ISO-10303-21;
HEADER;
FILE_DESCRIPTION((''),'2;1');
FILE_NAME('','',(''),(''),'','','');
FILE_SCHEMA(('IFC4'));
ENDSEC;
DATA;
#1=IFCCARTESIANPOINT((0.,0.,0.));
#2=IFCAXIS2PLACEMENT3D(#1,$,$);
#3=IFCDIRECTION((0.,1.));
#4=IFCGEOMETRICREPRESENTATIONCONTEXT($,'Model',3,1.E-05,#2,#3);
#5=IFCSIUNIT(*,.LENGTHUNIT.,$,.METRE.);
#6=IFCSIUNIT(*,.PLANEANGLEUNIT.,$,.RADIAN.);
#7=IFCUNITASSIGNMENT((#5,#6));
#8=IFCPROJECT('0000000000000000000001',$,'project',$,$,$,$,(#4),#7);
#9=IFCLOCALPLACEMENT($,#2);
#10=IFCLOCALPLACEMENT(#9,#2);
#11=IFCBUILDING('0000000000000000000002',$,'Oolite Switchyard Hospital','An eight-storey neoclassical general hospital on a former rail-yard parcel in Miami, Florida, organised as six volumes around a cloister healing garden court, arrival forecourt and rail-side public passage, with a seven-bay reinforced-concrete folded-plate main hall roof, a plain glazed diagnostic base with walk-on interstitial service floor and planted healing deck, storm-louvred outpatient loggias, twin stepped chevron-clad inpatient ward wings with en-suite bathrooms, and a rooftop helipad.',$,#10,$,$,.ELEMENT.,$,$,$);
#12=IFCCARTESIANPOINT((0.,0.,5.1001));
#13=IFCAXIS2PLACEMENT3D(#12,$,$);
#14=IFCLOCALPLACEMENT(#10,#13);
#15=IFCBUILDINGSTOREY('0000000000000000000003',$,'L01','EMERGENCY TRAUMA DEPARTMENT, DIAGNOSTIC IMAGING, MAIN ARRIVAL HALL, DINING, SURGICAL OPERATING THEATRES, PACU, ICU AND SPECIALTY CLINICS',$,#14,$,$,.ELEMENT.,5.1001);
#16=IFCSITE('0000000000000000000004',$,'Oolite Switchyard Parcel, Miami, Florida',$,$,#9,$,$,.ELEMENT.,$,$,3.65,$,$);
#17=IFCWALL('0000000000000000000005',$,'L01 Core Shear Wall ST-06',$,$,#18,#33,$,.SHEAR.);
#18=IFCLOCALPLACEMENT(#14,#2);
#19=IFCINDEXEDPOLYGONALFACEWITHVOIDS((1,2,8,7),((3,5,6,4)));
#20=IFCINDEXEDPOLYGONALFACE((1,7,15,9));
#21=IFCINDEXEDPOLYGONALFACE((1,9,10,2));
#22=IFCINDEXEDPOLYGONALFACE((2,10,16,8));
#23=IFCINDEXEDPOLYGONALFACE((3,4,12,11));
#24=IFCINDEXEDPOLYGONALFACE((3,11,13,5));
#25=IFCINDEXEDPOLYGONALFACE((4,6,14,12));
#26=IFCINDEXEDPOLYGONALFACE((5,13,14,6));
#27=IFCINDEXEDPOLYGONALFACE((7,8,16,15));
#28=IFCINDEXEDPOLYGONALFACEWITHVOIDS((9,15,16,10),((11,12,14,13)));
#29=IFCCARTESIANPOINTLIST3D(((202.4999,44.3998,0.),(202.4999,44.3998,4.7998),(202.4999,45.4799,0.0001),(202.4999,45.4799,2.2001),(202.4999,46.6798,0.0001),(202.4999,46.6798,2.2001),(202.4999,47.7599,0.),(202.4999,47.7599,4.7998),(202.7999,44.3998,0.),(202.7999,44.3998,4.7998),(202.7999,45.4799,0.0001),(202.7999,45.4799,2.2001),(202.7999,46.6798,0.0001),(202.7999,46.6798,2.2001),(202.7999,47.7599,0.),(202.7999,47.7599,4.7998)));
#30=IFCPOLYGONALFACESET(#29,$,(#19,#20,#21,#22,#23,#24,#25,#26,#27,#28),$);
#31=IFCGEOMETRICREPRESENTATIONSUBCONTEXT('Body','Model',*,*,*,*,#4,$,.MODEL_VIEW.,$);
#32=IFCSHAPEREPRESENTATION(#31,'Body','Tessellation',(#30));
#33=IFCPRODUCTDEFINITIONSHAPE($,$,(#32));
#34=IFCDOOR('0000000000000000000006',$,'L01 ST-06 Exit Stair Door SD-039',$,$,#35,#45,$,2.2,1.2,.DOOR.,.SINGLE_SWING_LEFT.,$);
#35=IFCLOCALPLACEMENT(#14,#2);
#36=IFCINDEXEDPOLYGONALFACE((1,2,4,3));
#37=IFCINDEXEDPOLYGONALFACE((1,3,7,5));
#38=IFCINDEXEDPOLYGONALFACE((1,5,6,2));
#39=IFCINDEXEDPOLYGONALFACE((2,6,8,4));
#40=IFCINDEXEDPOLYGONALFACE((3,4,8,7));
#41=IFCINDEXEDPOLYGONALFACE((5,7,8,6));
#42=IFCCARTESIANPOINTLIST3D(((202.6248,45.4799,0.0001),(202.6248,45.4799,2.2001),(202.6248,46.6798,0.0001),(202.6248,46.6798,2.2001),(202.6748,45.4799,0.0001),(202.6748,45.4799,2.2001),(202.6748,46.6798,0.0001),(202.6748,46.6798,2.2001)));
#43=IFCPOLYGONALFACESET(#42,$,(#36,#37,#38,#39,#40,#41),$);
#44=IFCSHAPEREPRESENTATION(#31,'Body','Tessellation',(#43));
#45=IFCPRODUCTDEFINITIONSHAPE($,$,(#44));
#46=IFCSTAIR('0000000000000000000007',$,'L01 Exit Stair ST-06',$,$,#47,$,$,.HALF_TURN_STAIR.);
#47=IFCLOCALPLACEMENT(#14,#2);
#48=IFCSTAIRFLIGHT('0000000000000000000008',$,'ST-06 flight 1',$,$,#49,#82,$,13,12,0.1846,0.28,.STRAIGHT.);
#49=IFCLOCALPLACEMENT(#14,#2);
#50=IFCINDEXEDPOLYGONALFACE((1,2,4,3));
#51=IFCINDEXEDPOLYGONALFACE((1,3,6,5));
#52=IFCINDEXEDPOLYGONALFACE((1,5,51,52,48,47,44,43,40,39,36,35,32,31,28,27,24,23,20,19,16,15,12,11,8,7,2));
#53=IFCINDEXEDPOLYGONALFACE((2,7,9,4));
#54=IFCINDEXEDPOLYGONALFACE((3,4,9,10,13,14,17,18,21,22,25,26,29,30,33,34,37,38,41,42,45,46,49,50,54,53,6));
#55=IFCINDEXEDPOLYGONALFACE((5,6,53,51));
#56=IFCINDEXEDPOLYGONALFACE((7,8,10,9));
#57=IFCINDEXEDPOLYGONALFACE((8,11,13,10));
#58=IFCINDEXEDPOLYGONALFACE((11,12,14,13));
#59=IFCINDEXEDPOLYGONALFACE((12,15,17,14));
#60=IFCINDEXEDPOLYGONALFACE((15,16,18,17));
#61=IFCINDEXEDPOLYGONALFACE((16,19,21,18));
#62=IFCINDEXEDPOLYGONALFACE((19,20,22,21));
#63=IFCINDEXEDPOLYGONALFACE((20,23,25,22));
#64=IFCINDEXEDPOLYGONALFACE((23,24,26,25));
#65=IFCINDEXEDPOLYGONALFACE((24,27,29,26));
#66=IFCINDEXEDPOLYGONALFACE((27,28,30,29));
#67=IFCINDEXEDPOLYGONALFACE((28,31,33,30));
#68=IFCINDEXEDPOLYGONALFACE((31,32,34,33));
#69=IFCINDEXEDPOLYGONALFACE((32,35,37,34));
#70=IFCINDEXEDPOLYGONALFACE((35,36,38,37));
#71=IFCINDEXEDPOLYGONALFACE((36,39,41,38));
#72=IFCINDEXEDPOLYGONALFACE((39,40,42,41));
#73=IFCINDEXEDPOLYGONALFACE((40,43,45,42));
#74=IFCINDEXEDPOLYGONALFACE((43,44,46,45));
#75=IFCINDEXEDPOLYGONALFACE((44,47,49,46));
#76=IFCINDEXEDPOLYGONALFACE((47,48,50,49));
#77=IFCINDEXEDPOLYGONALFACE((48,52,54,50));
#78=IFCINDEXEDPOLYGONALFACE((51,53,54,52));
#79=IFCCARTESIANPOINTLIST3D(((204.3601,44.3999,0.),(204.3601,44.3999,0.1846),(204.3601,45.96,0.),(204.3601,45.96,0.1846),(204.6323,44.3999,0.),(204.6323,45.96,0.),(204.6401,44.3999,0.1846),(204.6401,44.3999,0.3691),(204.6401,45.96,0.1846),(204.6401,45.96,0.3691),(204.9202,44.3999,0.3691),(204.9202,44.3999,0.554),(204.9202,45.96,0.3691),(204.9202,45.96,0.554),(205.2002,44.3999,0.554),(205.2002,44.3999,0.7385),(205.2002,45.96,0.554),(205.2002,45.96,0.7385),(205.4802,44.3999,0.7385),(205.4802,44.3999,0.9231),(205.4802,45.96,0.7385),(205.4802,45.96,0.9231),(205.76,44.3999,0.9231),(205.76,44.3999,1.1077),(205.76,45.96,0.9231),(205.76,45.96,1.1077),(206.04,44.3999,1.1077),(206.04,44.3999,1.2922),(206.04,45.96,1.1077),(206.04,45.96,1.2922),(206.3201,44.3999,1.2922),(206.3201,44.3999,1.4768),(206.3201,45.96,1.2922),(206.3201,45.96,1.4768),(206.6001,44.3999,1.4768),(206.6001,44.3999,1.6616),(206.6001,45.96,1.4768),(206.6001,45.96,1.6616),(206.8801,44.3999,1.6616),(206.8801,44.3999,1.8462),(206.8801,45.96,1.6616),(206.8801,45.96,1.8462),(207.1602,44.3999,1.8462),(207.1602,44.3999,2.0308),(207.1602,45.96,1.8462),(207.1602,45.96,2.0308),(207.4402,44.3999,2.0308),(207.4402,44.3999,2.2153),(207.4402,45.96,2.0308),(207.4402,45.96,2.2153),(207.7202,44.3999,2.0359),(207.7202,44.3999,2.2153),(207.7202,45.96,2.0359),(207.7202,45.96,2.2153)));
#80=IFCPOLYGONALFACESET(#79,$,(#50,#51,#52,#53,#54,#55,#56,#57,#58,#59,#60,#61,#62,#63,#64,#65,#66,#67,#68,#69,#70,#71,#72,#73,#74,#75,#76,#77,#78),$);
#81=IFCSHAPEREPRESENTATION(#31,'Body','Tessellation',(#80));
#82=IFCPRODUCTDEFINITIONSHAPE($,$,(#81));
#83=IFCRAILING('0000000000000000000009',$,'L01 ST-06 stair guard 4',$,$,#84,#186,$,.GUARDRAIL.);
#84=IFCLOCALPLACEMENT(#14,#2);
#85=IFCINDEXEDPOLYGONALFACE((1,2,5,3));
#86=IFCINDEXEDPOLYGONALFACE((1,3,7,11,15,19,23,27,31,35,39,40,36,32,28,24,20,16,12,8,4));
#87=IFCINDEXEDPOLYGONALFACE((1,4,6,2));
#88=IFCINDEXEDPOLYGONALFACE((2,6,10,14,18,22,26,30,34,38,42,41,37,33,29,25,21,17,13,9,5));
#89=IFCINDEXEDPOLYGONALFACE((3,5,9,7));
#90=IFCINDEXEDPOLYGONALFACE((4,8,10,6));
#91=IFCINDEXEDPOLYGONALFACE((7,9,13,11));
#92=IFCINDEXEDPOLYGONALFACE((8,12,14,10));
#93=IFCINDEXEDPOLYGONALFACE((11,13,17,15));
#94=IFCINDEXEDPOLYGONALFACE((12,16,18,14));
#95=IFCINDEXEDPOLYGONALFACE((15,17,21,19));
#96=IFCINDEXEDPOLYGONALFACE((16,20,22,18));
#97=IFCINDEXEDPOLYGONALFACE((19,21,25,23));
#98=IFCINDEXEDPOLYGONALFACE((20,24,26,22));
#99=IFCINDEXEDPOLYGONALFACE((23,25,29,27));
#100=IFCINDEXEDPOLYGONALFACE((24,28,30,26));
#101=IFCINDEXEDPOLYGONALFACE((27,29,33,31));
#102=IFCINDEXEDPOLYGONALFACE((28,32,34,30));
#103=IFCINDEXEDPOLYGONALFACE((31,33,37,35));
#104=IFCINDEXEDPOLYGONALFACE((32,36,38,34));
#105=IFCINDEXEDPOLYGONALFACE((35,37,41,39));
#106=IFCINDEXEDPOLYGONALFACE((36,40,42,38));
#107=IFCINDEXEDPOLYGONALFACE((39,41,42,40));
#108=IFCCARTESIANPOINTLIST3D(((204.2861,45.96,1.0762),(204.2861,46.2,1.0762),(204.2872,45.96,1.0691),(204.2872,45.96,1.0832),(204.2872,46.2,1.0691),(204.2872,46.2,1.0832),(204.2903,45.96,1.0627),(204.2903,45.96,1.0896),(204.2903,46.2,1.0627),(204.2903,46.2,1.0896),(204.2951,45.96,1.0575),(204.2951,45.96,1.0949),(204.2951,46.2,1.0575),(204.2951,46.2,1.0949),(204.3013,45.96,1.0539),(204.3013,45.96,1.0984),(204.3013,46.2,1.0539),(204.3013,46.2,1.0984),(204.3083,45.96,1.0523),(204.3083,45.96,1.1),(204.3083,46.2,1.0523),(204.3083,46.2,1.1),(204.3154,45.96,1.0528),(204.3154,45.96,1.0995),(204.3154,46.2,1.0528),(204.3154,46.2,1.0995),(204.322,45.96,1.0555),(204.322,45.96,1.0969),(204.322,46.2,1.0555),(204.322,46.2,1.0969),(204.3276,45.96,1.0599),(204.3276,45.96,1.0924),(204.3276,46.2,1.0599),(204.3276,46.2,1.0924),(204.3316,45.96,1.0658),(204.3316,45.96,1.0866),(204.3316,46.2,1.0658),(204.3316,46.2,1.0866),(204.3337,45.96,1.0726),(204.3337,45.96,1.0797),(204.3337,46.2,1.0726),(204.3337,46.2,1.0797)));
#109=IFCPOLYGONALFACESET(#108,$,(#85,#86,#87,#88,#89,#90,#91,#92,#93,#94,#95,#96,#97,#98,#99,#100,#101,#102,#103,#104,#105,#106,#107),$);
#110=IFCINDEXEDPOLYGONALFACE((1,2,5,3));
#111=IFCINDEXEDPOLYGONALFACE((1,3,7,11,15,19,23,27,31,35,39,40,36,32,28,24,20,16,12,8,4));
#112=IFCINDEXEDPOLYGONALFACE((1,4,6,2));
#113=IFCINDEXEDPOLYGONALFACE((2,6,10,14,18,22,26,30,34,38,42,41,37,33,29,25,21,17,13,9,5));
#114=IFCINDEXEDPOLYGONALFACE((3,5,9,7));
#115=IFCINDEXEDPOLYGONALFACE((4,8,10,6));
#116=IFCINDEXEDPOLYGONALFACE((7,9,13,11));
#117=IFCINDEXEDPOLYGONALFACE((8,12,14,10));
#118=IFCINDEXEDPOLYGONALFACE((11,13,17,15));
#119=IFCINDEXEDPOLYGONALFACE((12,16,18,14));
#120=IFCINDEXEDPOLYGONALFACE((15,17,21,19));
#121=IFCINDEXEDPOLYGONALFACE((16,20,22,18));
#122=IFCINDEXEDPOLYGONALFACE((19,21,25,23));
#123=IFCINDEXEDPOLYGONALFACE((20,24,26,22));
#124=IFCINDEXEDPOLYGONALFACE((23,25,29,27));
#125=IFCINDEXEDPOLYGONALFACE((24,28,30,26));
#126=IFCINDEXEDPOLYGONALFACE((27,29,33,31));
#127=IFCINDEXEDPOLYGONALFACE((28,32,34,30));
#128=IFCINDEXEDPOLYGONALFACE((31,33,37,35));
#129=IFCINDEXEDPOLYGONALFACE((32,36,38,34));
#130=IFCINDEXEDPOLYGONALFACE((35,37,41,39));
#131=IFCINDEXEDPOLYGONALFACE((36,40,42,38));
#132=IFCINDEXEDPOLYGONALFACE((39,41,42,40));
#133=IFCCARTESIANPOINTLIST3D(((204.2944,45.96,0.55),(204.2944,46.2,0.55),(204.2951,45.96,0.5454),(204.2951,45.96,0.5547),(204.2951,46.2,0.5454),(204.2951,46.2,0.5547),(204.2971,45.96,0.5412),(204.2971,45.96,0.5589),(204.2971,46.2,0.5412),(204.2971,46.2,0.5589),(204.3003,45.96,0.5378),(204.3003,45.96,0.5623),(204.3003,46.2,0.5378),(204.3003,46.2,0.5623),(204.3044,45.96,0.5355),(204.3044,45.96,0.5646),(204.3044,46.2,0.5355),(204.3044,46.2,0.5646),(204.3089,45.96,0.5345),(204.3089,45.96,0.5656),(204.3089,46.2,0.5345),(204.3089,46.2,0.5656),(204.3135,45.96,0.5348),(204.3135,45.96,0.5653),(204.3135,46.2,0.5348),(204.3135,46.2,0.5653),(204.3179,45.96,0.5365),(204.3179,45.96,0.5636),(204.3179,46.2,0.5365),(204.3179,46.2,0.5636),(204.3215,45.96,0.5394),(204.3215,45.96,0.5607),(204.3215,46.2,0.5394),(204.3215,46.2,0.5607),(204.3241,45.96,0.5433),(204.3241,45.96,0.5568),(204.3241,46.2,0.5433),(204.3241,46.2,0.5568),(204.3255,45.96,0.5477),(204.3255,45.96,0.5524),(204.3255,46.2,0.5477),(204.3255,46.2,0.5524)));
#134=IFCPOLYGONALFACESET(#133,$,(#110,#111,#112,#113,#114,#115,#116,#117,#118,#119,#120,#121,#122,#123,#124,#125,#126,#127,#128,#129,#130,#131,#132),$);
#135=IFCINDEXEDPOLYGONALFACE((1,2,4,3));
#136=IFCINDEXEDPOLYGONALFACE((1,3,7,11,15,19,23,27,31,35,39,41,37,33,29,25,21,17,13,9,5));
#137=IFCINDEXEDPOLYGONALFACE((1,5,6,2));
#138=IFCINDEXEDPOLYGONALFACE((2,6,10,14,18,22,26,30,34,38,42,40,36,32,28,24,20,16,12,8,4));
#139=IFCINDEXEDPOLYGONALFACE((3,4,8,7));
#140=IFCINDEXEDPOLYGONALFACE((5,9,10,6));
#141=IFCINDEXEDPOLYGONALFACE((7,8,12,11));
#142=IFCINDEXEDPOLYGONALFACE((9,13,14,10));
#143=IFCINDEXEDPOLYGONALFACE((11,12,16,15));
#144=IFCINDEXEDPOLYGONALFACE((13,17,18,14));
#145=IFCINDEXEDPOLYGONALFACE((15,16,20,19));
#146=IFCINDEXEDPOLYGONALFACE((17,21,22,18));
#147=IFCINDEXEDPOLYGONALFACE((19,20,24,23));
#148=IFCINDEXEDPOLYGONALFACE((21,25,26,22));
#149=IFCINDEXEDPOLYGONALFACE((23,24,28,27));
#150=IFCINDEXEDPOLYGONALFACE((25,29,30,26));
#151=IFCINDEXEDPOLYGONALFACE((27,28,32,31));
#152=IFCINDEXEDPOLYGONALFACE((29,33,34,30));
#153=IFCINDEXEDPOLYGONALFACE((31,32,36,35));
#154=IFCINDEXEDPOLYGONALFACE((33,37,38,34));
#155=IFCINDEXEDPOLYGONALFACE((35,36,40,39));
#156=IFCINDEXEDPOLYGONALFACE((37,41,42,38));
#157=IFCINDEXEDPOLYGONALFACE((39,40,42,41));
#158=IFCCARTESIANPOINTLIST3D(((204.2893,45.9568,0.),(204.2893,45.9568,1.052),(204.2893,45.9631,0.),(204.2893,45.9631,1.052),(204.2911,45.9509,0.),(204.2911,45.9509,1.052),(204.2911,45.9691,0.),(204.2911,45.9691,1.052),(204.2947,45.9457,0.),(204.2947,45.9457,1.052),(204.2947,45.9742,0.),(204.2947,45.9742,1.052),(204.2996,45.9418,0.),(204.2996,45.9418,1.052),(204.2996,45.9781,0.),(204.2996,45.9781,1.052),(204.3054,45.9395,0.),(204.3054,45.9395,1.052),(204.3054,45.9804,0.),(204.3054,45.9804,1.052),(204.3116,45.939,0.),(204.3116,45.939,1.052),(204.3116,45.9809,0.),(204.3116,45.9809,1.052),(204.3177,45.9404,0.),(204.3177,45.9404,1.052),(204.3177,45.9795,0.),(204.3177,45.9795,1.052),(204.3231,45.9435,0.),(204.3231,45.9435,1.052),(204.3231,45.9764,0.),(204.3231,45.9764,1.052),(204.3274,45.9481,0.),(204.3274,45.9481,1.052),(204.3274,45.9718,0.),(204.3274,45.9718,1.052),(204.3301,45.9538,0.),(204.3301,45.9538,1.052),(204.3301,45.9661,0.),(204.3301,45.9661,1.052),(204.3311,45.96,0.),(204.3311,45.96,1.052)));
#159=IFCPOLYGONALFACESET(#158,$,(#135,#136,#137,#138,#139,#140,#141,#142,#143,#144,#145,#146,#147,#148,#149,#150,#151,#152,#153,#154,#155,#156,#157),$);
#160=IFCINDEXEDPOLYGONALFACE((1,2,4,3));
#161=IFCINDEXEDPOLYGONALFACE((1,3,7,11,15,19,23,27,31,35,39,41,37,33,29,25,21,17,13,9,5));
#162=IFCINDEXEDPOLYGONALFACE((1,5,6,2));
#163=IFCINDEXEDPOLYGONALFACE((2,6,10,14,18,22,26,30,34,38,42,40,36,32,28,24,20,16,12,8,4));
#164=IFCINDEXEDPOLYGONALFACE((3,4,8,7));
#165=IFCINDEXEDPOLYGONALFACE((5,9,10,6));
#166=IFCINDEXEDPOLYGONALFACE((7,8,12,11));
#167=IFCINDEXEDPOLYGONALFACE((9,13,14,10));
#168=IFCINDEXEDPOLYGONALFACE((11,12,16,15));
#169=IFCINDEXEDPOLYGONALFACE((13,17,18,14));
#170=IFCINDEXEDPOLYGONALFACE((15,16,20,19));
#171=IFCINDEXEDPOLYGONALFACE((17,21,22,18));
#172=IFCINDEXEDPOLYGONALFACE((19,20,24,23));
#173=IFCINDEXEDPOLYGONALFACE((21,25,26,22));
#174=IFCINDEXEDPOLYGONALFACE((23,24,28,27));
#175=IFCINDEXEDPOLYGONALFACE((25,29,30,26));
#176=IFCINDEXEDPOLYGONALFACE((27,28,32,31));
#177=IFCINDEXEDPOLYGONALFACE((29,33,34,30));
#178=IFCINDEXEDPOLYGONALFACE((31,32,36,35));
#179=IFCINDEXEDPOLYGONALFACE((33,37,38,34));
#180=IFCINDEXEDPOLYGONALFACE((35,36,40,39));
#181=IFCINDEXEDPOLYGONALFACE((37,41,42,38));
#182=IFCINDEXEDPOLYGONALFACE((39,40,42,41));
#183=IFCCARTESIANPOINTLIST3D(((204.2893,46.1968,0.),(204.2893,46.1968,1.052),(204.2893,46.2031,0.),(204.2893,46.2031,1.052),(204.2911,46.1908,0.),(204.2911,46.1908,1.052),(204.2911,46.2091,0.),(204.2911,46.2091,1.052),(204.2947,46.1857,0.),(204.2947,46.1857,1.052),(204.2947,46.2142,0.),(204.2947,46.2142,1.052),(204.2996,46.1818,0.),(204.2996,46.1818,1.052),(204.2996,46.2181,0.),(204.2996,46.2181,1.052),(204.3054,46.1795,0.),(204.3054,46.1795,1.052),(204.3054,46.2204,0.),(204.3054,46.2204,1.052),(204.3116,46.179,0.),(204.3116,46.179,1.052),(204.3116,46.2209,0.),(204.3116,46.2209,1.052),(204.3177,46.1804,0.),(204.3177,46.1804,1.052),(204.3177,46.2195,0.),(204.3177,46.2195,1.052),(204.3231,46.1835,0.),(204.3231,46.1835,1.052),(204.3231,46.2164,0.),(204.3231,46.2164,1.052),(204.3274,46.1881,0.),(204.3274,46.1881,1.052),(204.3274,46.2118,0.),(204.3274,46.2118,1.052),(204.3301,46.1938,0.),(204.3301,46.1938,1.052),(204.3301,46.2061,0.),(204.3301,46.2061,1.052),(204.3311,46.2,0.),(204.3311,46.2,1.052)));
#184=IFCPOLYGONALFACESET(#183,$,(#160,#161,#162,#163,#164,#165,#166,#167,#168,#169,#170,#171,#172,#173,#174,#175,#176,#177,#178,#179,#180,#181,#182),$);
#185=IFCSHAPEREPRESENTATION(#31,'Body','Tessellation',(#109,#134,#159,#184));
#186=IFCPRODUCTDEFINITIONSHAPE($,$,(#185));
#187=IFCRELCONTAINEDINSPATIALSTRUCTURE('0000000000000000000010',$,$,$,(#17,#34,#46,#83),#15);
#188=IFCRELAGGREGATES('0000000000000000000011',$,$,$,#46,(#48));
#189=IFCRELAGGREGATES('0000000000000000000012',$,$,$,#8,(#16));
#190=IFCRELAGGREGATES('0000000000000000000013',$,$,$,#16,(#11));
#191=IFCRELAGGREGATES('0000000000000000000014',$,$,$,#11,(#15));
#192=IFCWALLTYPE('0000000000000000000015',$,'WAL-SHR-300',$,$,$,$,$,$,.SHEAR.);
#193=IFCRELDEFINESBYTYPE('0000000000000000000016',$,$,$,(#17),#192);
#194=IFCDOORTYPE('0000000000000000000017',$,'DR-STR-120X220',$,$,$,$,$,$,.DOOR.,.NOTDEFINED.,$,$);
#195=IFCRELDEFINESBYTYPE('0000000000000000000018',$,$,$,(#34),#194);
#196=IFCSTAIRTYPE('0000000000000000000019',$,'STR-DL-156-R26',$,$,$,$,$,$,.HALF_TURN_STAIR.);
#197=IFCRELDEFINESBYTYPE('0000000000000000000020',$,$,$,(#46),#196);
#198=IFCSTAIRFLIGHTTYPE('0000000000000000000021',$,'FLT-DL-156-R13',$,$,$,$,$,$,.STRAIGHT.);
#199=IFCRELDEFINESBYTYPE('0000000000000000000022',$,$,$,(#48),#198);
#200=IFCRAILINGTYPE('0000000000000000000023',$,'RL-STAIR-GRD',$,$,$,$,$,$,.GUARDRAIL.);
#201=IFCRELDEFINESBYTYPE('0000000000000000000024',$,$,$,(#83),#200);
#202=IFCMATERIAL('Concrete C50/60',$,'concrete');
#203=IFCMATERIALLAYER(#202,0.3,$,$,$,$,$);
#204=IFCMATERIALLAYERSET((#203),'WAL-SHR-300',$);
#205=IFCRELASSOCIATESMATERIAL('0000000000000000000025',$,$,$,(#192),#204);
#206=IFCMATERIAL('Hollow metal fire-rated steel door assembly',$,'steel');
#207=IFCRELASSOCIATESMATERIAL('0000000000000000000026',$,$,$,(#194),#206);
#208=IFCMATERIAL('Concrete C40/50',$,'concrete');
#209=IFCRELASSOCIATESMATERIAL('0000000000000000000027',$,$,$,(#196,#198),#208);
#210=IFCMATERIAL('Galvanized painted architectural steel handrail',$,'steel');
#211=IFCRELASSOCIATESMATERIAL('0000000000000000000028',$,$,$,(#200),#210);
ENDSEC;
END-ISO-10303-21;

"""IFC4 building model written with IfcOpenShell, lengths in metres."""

from ifc_helpers import new_model, si_unit, direction, frame, frame_2d, origin, origin_2d, place, context, subcontext, project, spatial, polyline, rectangle, circle, outline, extrude, material, layer, layer_set, type_object, element, fill, aggregate, save


model = new_model("IFC4")

# Units and contexts
model_context = context("Model", 3, precision=1e-05, world=origin(), true_north=direction((0.0, 1.0)))
body_context = subcontext(model_context, "Body", "Model", "MODEL_VIEW")
ifc_project = project(units=[si_unit("LENGTHUNIT", "METRE"), si_unit("PLANEANGLEUNIT", "RADIAN")], contexts=[model_context])

# Site, building, storey
site_placement = place(None, origin())
site = spatial("IfcSite", under=ifc_project, at=site_placement, Name="Oolite Switchyard Parcel, Miami, Florida", CompositionType="ELEMENT", RefElevation=3.65)
building_placement = place(site_placement, origin())
building = spatial("IfcBuilding", under=site, at=building_placement, Name="Oolite Switchyard Hospital", Description="An eight-storey neoclassical general hospital on a former rail-yard parcel in Miami, Florida, organised as six volumes around a cloister healing garden court, arrival forecourt and rail-side public passage, with a seven-bay reinforced-concrete folded-plate main hall roof, a plain glazed diagnostic base with walk-on interstitial service floor and planted healing deck, storm-louvred outpatient loggias, twin stepped chevron-clad inpatient ward wings with en-suite bathrooms, and a rooftop helipad.", CompositionType="ELEMENT")
storey_placement = place(building_placement, frame((0.0, 0.0, 5.1001)))
storey = spatial("IfcBuildingStorey", under=building, at=storey_placement, Name="L01", Description="EMERGENCY TRAUMA DEPARTMENT, DIAGNOSTIC IMAGING, MAIN ARRIVAL HALL, DINING, SURGICAL OPERATING THEATRES, PACU, ICU AND SPECIALTY CLINICS", CompositionType="ELEMENT", Elevation=5.1001)

# Shared definitions
ifc_material_1 = material(Name="Concrete C50/60", Category="concrete")

# Shared definitions
ifc_material_2 = material(Name="Concrete C40/50", Category="concrete")

# Shared definitions
ifc_layer_1 = layer(ifc_material_1, 0.3)
ifc_layer_set_1 = layer_set([ifc_layer_1], Name="WAL-SHR-300")
wall_type_1 = type_object("IfcWallType", Name="WAL-SHR-300", PredefinedType="SHEAR", material=ifc_layer_set_1)

# Wall, opening, door
wall_1_placement = place(storey_placement, frame((202.6499, 47.76, 0.0), z_axis=(0.0, 0.0, 1.0), x_axis=(0.0, -1.0, 0.0)))
wall_1 = element("IfcWall", 1, at=wall_1_placement, inside=storey, type_object=wall_type_1, Name="L01 Core Shear Wall ST-06", PredefinedType="SHEAR", context=body_context, shape_type="SweptSolid", body=[
    extrude(rectangle(XDim=3.3601, YDim=0.3, at=frame_2d((1.6802, 0.0))), origin(), (0.0, 0.0, 1.0), 4.7998),
])
opening_1_placement = place(wall_1_placement, frame((1.0801, 0.0, 0.0)))
opening_1 = element("IfcOpeningElement", 2, at=opening_1_placement, cuts=wall_1, PredefinedType="OPENING", context=body_context, shape_type="SweptSolid", body=[
    extrude(rectangle(XDim=1.2, YDim=2.2, at=frame_2d((0.6001, 1.1001))), frame((0.0, 0.1602, 0.0), z_axis=(0.0, -1.0, 0.0), x_axis=(1.0, 0.0, 0.0)), (0.0, 0.0, 1.0), 0.3201),
])
ifc_material_3 = material(Name="Hollow metal fire-rated steel door assembly", Category="steel")
door_type_1 = type_object("IfcDoorType", Name="DR-STR-120X220", OperationType="NOTDEFINED", PredefinedType="DOOR", material=ifc_material_3)
door_1_placement = place(opening_1_placement, origin())
door_1 = element("IfcDoor", 3, at=door_1_placement, inside=storey, type_object=door_type_1, Name="L01 ST-06 Exit Stair Door SD-039", OperationType="SINGLE_SWING_LEFT", OverallHeight=2.2, OverallWidth=1.2, PredefinedType="DOOR", context=body_context, shape_type="SweptSolid", body=[
    extrude(rectangle(XDim=1.2, YDim=2.2, at=frame_2d((0.6001, 1.1001))), frame((0.0, 0.0249, 0.0), z_axis=(0.0, -1.0, 0.0), x_axis=(1.0, 0.0, 0.0)), (0.0, 0.0, 1.0), 0.05),
])
fill(opening_1, door_1)

# Stair, stair flight
stair_type = type_object("IfcStairType", Name="STR-DL-156-R26", PredefinedType="HALF_TURN_STAIR", material=ifc_material_2)
stair_placement = place(storey_placement, origin())
stair = element("IfcStair", 4, at=stair_placement, inside=storey, type_object=stair_type, Name="L01 Exit Stair ST-06", PredefinedType="HALF_TURN_STAIR")
stair_flight_type = type_object("IfcStairFlightType", Name="FLT-DL-156-R13", PredefinedType="STRAIGHT", material=ifc_material_2)
stair_flight_placement = place(storey_placement, frame((204.3601, 45.1799, 0.0), z_axis=(0.0, 0.0, 1.0), x_axis=(1.0, 0.0, 0.0)))
stair_flight = element("IfcStairFlight", 5, at=stair_flight_placement, type_object=stair_flight_type, Name="ST-06 flight 1", NumberOfRisers=13, NumberOfTreads=12, PredefinedType="STRAIGHT", RiserHeight=0.1846, TreadLength=0.28, context=body_context, shape_type="SweptSolid", body=[
    extrude(outline(polyline([(0.0, 0.0), (0.0, 0.1846), (0.28, 0.1846), (0.28, 0.3691), (0.5601, 0.3691), (0.5601, 0.554), (0.8401, 0.554), (0.8401, 0.7385), (1.1201, 0.7385), (1.1201, 0.9231), (1.3999, 0.9231), (1.3999, 1.1077), (1.6799, 1.1077), (1.6799, 1.2922), (1.96, 1.2922), (1.96, 1.4768), (2.24, 1.4768), (2.24, 1.6616), (2.52, 1.6616), (2.52, 1.8462), (2.8, 1.8462), (2.8, 2.0308), (3.0801, 2.0308), (3.0801, 2.2153), (3.3601, 2.2153), (3.3601, 2.3999), (3.3601, 2.0359), (0.2722, 0.0), (0.0, 0.0)])), frame((0.0, 0.78, 0.0), z_axis=(0.0, -1.0, 0.0), x_axis=(1.0, 0.0, 0.0)), (0.0, 0.0, 1.0), 1.5601),
])
aggregate(stair, [stair_flight])

# Railing
ifc_material_4 = material(Name="Galvanized painted architectural steel handrail", Category="steel")
railing_type_1 = type_object("IfcRailingType", Name="RL-STAIR-GRD", PredefinedType="GUARDRAIL", material=ifc_material_4)
railing_1_placement = place(storey_placement, frame((204.3101, 45.96, 0.0)))
element("IfcRailing", 6, at=railing_1_placement, inside=storey, type_object=railing_type_1, Name="L01 ST-06 stair guard 4", PredefinedType="GUARDRAIL", context=body_context, shape_type="SweptSolid", body=[
    extrude(circle(Radius=0.0239, at=origin_2d()), frame((0.0, 0.0, 1.0762), z_axis=(0.0, 1.0, 0.0), x_axis=(-1.0, 0.0, 0.0)), (0.0, 0.0, 1.0), 0.24),
    extrude(circle(Radius=0.0156, at=origin_2d()), frame((0.0, 0.0, 0.55), z_axis=(0.0, 1.0, 0.0), x_axis=(-1.0, 0.0, 0.0)), (0.0, 0.0, 1.0), 0.24),
    extrude(circle(Radius=0.021, at=origin_2d()), origin(), (0.0, 0.0, 1.0), 1.052),
    extrude(circle(Radius=0.021, at=origin_2d()), frame((0.0, 0.24, 0.0)), (0.0, 0.0, 1.0), 1.052),
])

save(model, "model.ifc")
